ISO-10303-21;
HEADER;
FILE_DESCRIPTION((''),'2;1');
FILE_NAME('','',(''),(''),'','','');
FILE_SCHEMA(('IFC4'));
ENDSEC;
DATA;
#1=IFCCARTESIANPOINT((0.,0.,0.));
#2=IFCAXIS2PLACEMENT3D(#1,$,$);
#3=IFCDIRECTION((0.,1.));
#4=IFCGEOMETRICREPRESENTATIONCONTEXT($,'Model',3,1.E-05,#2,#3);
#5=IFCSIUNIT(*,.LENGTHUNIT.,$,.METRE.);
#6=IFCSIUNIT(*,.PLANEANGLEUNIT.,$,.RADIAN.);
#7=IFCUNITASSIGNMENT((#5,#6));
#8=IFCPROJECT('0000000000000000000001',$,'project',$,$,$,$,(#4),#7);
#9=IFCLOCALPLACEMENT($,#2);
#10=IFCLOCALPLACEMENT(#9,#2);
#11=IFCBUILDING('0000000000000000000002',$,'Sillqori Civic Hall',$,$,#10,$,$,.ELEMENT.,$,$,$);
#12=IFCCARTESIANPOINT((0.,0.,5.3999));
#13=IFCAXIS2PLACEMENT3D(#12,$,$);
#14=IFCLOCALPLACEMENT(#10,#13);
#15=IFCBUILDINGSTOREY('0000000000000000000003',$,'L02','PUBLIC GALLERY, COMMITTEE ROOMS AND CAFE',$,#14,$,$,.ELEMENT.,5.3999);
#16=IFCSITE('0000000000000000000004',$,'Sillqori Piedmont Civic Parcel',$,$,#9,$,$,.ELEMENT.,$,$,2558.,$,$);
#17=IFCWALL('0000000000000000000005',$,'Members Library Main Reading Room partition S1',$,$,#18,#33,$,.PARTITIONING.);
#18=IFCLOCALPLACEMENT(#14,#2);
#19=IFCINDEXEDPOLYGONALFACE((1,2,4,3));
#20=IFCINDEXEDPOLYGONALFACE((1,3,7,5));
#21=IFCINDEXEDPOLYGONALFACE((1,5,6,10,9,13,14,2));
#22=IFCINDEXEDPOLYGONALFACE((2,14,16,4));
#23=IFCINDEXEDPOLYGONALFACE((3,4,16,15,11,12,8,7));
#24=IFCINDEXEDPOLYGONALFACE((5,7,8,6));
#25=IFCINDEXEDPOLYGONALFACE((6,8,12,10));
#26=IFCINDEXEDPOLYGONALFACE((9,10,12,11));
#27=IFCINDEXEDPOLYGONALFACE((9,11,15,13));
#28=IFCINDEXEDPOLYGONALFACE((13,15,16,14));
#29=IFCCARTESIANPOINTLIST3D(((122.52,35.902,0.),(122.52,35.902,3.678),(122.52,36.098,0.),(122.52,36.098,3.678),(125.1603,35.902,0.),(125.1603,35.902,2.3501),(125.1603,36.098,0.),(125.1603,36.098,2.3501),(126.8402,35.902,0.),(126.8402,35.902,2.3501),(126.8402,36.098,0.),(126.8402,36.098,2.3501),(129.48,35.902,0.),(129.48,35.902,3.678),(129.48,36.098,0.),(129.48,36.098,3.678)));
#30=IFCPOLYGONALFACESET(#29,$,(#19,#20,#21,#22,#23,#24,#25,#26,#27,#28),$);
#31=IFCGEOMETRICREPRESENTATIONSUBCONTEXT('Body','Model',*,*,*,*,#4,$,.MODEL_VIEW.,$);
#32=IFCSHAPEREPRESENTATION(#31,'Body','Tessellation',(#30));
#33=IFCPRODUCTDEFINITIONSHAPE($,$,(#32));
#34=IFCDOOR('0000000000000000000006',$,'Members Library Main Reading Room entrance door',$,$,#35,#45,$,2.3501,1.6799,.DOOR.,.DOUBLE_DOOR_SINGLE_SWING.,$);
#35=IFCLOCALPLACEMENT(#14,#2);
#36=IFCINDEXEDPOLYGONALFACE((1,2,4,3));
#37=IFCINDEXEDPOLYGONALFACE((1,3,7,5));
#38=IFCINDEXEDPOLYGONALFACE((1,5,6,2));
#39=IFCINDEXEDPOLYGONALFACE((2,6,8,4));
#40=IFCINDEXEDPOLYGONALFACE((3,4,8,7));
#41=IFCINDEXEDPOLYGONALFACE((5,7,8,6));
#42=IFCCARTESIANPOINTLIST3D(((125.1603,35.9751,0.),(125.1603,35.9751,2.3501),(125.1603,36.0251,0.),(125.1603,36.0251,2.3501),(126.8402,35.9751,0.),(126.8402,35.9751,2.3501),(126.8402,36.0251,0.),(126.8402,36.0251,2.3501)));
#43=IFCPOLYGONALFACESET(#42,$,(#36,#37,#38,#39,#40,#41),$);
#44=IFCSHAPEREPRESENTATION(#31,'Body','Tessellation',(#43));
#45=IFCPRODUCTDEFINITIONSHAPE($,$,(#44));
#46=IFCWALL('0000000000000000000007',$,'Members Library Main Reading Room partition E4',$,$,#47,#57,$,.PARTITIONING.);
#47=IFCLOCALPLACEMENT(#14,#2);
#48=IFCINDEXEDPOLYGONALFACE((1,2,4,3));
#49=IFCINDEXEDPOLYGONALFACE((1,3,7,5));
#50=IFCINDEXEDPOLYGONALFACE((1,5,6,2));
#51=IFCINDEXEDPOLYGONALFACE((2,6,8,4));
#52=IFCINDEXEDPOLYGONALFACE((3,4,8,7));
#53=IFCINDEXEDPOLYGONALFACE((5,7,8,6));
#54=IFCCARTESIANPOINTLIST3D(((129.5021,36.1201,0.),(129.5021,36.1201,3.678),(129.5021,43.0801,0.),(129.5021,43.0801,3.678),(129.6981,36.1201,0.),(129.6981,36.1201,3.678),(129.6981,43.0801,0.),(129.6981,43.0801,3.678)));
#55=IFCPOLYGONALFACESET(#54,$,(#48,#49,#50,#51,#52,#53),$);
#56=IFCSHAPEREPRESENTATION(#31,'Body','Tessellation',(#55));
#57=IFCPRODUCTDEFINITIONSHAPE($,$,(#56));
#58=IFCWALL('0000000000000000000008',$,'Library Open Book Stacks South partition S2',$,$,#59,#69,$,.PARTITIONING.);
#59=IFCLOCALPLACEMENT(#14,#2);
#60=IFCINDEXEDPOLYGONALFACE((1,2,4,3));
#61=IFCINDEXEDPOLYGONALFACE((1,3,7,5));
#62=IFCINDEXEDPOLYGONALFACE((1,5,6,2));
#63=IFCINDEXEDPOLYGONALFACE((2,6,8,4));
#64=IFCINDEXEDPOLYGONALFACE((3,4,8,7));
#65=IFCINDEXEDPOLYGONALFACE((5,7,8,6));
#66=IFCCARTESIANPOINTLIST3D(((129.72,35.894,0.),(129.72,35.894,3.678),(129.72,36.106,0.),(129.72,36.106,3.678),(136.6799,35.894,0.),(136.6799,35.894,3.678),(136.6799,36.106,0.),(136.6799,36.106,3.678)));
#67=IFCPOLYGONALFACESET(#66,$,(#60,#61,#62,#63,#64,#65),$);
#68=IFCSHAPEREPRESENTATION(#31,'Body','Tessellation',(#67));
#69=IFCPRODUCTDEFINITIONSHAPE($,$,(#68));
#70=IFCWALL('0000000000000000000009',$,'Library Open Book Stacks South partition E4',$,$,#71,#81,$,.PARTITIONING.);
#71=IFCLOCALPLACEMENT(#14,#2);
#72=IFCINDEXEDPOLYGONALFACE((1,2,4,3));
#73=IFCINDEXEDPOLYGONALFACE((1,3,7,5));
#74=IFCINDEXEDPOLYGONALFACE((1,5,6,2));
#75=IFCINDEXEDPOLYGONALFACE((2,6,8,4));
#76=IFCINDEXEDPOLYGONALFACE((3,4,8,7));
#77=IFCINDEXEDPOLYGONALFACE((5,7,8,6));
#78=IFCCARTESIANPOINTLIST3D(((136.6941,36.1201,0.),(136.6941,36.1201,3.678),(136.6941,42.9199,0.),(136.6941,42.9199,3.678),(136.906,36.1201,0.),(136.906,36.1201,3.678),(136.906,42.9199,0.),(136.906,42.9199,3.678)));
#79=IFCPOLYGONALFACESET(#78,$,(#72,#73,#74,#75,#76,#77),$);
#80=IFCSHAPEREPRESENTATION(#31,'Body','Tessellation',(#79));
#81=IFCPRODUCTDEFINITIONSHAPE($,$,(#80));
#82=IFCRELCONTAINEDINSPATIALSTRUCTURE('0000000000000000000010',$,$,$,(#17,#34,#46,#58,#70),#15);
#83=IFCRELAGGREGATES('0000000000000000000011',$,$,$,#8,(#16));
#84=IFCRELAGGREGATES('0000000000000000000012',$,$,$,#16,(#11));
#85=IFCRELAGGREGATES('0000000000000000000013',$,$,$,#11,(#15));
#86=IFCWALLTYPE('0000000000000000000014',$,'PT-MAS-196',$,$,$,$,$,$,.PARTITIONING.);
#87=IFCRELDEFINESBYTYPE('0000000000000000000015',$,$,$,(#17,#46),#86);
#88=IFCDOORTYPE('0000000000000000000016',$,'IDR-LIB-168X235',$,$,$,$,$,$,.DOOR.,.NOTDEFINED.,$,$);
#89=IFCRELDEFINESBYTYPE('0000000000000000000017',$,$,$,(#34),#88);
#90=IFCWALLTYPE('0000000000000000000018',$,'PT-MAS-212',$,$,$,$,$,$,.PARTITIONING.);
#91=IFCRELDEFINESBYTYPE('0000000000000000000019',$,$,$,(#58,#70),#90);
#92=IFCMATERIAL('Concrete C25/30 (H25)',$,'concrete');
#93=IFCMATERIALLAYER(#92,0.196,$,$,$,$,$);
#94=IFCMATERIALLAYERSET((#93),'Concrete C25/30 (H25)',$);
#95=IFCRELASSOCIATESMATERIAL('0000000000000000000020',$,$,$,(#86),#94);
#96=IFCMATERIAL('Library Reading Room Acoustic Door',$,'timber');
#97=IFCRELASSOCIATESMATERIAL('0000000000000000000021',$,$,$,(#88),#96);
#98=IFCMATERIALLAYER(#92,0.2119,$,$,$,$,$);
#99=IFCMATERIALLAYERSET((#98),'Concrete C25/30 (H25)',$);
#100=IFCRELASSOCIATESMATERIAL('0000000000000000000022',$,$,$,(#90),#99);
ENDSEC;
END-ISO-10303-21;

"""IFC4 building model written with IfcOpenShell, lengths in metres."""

from ifc_helpers import new_model, si_unit, direction, frame, frame_2d, origin, place, context, subcontext, project, spatial, rectangle, extrude, material, layer, layer_set, type_object, element, fill, save


model = new_model("IFC4")

# Units and contexts
model_context = context("Model", 3, precision=1e-05, world=origin(), true_north=direction((0.0, 1.0)))
body_context = subcontext(model_context, "Body", "Model", "MODEL_VIEW")
ifc_project = project(units=[si_unit("LENGTHUNIT", "METRE"), si_unit("PLANEANGLEUNIT", "RADIAN")], contexts=[model_context])

# Site, building, storey
site_placement = place(None, origin())
site = spatial("IfcSite", under=ifc_project, at=site_placement, Name="Sillqori Piedmont Civic Parcel", CompositionType="ELEMENT", RefElevation=2558.0)
building_placement = place(site_placement, origin())
building = spatial("IfcBuilding", under=site, at=building_placement, Name="Sillqori Civic Hall", CompositionType="ELEMENT")
storey_placement = place(building_placement, frame((0.0, 0.0, 5.3999)))
storey = spatial("IfcBuildingStorey", under=building, at=storey_placement, Name="L02", Description="PUBLIC GALLERY, COMMITTEE ROOMS AND CAFE", CompositionType="ELEMENT", Elevation=5.3999)

# Wall, opening, door
ifc_material_1 = material(Name="Concrete C25/30 (H25)", Category="concrete")
ifc_layer_1 = layer(ifc_material_1, 0.196)
ifc_layer_set_1 = layer_set([ifc_layer_1], Name="Concrete C25/30 (H25)")
wall_type_1 = type_object("IfcWallType", Name="PT-MAS-196", PredefinedType="PARTITIONING", material=ifc_layer_set_1)
wall_1_placement = place(storey_placement, frame((129.48, 36.0, 0.0), z_axis=(0.0, 0.0, 1.0), x_axis=(-1.0, 0.0, 0.0)))
wall_1 = element("IfcWall", 1, at=wall_1_placement, inside=storey, type_object=wall_type_1, Name="Members Library Main Reading Room partition S1", PredefinedType="PARTITIONING", context=body_context, shape_type="SweptSolid", body=[
    extrude(rectangle(XDim=6.96, YDim=0.196, at=frame_2d((3.48, 0.0))), origin(), (0.0, 0.0, 1.0), 3.678),
])
opening_placement = place(wall_1_placement, frame((2.6399, 0.0, 0.0)))
opening = element("IfcOpeningElement", 2, at=opening_placement, cuts=wall_1, PredefinedType="OPENING", context=body_context, shape_type="SweptSolid", body=[
    extrude(rectangle(XDim=1.6799, YDim=2.3501, at=frame_2d((0.8398, 1.175))), frame((0.0, 0.1079, 0.0), z_axis=(0.0, -1.0, 0.0), x_axis=(1.0, 0.0, 0.0)), (0.0, 0.0, 1.0), 0.2161),
])
ifc_material_2 = material(Name="Library Reading Room Acoustic Door", Category="timber")
door_type = type_object("IfcDoorType", Name="IDR-LIB-168X235", OperationType="NOTDEFINED", PredefinedType="DOOR", material=ifc_material_2)
door_placement = place(opening_placement, origin())
door = element("IfcDoor", 3, at=door_placement, inside=storey, type_object=door_type, Name="Members Library Main Reading Room entrance door", OperationType="DOUBLE_DOOR_SINGLE_SWING", OverallHeight=2.3501, OverallWidth=1.6799, PredefinedType="DOOR", context=body_context, shape_type="SweptSolid", body=[
    extrude(rectangle(XDim=1.6799, YDim=2.3501, at=frame_2d((0.8398, 1.175))), frame((0.0, 0.0249, 0.0), z_axis=(0.0, -1.0, 0.0), x_axis=(1.0, 0.0, 0.0)), (0.0, 0.0, 1.0), 0.05),
])
fill(opening, door)

# Walls
wall_2_placement = place(storey_placement, frame((129.6001, 43.0801, 0.0), z_axis=(0.0, 0.0, 1.0), x_axis=(0.0, -1.0, 0.0)))
element("IfcWall", 4, at=wall_2_placement, inside=storey, type_object=wall_type_1, Name="Members Library Main Reading Room partition E4", PredefinedType="PARTITIONING", context=body_context, shape_type="SweptSolid", body=[
    extrude(rectangle(XDim=6.96, YDim=0.196, at=frame_2d((3.48, 0.0))), origin(), (0.0, 0.0, 1.0), 3.678),
])
ifc_layer_2 = layer(ifc_material_1, 0.2119)
ifc_layer_set_2 = layer_set([ifc_layer_2], Name="Concrete C25/30 (H25)")
wall_type_2 = type_object("IfcWallType", Name="PT-MAS-212", PredefinedType="PARTITIONING", material=ifc_layer_set_2)
wall_3_placement = place(storey_placement, frame((136.6799, 36.0, 0.0), z_axis=(0.0, 0.0, 1.0), x_axis=(-1.0, 0.0, 0.0)))
element("IfcWall", 5, at=wall_3_placement, inside=storey, type_object=wall_type_2, Name="Library Open Book Stacks South partition S2", PredefinedType="PARTITIONING", context=body_context, shape_type="SweptSolid", body=[
    extrude(rectangle(XDim=6.96, YDim=0.2119, at=frame_2d((3.48, 0.0))), origin(), (0.0, 0.0, 1.0), 3.678),
])
wall_4_placement = place(storey_placement, frame((136.8, 42.9199, 0.0), z_axis=(0.0, 0.0, 1.0), x_axis=(0.0, -1.0, 0.0)))
element("IfcWall", 6, at=wall_4_placement, inside=storey, type_object=wall_type_2, Name="Library Open Book Stacks South partition E4", PredefinedType="PARTITIONING", context=body_context, shape_type="SweptSolid", body=[
    extrude(rectangle(XDim=6.7998, YDim=0.2119, at=frame_2d((3.3999, 0.0))), origin(), (0.0, 0.0, 1.0), 3.678),
])

save(model, "model.ifc")
